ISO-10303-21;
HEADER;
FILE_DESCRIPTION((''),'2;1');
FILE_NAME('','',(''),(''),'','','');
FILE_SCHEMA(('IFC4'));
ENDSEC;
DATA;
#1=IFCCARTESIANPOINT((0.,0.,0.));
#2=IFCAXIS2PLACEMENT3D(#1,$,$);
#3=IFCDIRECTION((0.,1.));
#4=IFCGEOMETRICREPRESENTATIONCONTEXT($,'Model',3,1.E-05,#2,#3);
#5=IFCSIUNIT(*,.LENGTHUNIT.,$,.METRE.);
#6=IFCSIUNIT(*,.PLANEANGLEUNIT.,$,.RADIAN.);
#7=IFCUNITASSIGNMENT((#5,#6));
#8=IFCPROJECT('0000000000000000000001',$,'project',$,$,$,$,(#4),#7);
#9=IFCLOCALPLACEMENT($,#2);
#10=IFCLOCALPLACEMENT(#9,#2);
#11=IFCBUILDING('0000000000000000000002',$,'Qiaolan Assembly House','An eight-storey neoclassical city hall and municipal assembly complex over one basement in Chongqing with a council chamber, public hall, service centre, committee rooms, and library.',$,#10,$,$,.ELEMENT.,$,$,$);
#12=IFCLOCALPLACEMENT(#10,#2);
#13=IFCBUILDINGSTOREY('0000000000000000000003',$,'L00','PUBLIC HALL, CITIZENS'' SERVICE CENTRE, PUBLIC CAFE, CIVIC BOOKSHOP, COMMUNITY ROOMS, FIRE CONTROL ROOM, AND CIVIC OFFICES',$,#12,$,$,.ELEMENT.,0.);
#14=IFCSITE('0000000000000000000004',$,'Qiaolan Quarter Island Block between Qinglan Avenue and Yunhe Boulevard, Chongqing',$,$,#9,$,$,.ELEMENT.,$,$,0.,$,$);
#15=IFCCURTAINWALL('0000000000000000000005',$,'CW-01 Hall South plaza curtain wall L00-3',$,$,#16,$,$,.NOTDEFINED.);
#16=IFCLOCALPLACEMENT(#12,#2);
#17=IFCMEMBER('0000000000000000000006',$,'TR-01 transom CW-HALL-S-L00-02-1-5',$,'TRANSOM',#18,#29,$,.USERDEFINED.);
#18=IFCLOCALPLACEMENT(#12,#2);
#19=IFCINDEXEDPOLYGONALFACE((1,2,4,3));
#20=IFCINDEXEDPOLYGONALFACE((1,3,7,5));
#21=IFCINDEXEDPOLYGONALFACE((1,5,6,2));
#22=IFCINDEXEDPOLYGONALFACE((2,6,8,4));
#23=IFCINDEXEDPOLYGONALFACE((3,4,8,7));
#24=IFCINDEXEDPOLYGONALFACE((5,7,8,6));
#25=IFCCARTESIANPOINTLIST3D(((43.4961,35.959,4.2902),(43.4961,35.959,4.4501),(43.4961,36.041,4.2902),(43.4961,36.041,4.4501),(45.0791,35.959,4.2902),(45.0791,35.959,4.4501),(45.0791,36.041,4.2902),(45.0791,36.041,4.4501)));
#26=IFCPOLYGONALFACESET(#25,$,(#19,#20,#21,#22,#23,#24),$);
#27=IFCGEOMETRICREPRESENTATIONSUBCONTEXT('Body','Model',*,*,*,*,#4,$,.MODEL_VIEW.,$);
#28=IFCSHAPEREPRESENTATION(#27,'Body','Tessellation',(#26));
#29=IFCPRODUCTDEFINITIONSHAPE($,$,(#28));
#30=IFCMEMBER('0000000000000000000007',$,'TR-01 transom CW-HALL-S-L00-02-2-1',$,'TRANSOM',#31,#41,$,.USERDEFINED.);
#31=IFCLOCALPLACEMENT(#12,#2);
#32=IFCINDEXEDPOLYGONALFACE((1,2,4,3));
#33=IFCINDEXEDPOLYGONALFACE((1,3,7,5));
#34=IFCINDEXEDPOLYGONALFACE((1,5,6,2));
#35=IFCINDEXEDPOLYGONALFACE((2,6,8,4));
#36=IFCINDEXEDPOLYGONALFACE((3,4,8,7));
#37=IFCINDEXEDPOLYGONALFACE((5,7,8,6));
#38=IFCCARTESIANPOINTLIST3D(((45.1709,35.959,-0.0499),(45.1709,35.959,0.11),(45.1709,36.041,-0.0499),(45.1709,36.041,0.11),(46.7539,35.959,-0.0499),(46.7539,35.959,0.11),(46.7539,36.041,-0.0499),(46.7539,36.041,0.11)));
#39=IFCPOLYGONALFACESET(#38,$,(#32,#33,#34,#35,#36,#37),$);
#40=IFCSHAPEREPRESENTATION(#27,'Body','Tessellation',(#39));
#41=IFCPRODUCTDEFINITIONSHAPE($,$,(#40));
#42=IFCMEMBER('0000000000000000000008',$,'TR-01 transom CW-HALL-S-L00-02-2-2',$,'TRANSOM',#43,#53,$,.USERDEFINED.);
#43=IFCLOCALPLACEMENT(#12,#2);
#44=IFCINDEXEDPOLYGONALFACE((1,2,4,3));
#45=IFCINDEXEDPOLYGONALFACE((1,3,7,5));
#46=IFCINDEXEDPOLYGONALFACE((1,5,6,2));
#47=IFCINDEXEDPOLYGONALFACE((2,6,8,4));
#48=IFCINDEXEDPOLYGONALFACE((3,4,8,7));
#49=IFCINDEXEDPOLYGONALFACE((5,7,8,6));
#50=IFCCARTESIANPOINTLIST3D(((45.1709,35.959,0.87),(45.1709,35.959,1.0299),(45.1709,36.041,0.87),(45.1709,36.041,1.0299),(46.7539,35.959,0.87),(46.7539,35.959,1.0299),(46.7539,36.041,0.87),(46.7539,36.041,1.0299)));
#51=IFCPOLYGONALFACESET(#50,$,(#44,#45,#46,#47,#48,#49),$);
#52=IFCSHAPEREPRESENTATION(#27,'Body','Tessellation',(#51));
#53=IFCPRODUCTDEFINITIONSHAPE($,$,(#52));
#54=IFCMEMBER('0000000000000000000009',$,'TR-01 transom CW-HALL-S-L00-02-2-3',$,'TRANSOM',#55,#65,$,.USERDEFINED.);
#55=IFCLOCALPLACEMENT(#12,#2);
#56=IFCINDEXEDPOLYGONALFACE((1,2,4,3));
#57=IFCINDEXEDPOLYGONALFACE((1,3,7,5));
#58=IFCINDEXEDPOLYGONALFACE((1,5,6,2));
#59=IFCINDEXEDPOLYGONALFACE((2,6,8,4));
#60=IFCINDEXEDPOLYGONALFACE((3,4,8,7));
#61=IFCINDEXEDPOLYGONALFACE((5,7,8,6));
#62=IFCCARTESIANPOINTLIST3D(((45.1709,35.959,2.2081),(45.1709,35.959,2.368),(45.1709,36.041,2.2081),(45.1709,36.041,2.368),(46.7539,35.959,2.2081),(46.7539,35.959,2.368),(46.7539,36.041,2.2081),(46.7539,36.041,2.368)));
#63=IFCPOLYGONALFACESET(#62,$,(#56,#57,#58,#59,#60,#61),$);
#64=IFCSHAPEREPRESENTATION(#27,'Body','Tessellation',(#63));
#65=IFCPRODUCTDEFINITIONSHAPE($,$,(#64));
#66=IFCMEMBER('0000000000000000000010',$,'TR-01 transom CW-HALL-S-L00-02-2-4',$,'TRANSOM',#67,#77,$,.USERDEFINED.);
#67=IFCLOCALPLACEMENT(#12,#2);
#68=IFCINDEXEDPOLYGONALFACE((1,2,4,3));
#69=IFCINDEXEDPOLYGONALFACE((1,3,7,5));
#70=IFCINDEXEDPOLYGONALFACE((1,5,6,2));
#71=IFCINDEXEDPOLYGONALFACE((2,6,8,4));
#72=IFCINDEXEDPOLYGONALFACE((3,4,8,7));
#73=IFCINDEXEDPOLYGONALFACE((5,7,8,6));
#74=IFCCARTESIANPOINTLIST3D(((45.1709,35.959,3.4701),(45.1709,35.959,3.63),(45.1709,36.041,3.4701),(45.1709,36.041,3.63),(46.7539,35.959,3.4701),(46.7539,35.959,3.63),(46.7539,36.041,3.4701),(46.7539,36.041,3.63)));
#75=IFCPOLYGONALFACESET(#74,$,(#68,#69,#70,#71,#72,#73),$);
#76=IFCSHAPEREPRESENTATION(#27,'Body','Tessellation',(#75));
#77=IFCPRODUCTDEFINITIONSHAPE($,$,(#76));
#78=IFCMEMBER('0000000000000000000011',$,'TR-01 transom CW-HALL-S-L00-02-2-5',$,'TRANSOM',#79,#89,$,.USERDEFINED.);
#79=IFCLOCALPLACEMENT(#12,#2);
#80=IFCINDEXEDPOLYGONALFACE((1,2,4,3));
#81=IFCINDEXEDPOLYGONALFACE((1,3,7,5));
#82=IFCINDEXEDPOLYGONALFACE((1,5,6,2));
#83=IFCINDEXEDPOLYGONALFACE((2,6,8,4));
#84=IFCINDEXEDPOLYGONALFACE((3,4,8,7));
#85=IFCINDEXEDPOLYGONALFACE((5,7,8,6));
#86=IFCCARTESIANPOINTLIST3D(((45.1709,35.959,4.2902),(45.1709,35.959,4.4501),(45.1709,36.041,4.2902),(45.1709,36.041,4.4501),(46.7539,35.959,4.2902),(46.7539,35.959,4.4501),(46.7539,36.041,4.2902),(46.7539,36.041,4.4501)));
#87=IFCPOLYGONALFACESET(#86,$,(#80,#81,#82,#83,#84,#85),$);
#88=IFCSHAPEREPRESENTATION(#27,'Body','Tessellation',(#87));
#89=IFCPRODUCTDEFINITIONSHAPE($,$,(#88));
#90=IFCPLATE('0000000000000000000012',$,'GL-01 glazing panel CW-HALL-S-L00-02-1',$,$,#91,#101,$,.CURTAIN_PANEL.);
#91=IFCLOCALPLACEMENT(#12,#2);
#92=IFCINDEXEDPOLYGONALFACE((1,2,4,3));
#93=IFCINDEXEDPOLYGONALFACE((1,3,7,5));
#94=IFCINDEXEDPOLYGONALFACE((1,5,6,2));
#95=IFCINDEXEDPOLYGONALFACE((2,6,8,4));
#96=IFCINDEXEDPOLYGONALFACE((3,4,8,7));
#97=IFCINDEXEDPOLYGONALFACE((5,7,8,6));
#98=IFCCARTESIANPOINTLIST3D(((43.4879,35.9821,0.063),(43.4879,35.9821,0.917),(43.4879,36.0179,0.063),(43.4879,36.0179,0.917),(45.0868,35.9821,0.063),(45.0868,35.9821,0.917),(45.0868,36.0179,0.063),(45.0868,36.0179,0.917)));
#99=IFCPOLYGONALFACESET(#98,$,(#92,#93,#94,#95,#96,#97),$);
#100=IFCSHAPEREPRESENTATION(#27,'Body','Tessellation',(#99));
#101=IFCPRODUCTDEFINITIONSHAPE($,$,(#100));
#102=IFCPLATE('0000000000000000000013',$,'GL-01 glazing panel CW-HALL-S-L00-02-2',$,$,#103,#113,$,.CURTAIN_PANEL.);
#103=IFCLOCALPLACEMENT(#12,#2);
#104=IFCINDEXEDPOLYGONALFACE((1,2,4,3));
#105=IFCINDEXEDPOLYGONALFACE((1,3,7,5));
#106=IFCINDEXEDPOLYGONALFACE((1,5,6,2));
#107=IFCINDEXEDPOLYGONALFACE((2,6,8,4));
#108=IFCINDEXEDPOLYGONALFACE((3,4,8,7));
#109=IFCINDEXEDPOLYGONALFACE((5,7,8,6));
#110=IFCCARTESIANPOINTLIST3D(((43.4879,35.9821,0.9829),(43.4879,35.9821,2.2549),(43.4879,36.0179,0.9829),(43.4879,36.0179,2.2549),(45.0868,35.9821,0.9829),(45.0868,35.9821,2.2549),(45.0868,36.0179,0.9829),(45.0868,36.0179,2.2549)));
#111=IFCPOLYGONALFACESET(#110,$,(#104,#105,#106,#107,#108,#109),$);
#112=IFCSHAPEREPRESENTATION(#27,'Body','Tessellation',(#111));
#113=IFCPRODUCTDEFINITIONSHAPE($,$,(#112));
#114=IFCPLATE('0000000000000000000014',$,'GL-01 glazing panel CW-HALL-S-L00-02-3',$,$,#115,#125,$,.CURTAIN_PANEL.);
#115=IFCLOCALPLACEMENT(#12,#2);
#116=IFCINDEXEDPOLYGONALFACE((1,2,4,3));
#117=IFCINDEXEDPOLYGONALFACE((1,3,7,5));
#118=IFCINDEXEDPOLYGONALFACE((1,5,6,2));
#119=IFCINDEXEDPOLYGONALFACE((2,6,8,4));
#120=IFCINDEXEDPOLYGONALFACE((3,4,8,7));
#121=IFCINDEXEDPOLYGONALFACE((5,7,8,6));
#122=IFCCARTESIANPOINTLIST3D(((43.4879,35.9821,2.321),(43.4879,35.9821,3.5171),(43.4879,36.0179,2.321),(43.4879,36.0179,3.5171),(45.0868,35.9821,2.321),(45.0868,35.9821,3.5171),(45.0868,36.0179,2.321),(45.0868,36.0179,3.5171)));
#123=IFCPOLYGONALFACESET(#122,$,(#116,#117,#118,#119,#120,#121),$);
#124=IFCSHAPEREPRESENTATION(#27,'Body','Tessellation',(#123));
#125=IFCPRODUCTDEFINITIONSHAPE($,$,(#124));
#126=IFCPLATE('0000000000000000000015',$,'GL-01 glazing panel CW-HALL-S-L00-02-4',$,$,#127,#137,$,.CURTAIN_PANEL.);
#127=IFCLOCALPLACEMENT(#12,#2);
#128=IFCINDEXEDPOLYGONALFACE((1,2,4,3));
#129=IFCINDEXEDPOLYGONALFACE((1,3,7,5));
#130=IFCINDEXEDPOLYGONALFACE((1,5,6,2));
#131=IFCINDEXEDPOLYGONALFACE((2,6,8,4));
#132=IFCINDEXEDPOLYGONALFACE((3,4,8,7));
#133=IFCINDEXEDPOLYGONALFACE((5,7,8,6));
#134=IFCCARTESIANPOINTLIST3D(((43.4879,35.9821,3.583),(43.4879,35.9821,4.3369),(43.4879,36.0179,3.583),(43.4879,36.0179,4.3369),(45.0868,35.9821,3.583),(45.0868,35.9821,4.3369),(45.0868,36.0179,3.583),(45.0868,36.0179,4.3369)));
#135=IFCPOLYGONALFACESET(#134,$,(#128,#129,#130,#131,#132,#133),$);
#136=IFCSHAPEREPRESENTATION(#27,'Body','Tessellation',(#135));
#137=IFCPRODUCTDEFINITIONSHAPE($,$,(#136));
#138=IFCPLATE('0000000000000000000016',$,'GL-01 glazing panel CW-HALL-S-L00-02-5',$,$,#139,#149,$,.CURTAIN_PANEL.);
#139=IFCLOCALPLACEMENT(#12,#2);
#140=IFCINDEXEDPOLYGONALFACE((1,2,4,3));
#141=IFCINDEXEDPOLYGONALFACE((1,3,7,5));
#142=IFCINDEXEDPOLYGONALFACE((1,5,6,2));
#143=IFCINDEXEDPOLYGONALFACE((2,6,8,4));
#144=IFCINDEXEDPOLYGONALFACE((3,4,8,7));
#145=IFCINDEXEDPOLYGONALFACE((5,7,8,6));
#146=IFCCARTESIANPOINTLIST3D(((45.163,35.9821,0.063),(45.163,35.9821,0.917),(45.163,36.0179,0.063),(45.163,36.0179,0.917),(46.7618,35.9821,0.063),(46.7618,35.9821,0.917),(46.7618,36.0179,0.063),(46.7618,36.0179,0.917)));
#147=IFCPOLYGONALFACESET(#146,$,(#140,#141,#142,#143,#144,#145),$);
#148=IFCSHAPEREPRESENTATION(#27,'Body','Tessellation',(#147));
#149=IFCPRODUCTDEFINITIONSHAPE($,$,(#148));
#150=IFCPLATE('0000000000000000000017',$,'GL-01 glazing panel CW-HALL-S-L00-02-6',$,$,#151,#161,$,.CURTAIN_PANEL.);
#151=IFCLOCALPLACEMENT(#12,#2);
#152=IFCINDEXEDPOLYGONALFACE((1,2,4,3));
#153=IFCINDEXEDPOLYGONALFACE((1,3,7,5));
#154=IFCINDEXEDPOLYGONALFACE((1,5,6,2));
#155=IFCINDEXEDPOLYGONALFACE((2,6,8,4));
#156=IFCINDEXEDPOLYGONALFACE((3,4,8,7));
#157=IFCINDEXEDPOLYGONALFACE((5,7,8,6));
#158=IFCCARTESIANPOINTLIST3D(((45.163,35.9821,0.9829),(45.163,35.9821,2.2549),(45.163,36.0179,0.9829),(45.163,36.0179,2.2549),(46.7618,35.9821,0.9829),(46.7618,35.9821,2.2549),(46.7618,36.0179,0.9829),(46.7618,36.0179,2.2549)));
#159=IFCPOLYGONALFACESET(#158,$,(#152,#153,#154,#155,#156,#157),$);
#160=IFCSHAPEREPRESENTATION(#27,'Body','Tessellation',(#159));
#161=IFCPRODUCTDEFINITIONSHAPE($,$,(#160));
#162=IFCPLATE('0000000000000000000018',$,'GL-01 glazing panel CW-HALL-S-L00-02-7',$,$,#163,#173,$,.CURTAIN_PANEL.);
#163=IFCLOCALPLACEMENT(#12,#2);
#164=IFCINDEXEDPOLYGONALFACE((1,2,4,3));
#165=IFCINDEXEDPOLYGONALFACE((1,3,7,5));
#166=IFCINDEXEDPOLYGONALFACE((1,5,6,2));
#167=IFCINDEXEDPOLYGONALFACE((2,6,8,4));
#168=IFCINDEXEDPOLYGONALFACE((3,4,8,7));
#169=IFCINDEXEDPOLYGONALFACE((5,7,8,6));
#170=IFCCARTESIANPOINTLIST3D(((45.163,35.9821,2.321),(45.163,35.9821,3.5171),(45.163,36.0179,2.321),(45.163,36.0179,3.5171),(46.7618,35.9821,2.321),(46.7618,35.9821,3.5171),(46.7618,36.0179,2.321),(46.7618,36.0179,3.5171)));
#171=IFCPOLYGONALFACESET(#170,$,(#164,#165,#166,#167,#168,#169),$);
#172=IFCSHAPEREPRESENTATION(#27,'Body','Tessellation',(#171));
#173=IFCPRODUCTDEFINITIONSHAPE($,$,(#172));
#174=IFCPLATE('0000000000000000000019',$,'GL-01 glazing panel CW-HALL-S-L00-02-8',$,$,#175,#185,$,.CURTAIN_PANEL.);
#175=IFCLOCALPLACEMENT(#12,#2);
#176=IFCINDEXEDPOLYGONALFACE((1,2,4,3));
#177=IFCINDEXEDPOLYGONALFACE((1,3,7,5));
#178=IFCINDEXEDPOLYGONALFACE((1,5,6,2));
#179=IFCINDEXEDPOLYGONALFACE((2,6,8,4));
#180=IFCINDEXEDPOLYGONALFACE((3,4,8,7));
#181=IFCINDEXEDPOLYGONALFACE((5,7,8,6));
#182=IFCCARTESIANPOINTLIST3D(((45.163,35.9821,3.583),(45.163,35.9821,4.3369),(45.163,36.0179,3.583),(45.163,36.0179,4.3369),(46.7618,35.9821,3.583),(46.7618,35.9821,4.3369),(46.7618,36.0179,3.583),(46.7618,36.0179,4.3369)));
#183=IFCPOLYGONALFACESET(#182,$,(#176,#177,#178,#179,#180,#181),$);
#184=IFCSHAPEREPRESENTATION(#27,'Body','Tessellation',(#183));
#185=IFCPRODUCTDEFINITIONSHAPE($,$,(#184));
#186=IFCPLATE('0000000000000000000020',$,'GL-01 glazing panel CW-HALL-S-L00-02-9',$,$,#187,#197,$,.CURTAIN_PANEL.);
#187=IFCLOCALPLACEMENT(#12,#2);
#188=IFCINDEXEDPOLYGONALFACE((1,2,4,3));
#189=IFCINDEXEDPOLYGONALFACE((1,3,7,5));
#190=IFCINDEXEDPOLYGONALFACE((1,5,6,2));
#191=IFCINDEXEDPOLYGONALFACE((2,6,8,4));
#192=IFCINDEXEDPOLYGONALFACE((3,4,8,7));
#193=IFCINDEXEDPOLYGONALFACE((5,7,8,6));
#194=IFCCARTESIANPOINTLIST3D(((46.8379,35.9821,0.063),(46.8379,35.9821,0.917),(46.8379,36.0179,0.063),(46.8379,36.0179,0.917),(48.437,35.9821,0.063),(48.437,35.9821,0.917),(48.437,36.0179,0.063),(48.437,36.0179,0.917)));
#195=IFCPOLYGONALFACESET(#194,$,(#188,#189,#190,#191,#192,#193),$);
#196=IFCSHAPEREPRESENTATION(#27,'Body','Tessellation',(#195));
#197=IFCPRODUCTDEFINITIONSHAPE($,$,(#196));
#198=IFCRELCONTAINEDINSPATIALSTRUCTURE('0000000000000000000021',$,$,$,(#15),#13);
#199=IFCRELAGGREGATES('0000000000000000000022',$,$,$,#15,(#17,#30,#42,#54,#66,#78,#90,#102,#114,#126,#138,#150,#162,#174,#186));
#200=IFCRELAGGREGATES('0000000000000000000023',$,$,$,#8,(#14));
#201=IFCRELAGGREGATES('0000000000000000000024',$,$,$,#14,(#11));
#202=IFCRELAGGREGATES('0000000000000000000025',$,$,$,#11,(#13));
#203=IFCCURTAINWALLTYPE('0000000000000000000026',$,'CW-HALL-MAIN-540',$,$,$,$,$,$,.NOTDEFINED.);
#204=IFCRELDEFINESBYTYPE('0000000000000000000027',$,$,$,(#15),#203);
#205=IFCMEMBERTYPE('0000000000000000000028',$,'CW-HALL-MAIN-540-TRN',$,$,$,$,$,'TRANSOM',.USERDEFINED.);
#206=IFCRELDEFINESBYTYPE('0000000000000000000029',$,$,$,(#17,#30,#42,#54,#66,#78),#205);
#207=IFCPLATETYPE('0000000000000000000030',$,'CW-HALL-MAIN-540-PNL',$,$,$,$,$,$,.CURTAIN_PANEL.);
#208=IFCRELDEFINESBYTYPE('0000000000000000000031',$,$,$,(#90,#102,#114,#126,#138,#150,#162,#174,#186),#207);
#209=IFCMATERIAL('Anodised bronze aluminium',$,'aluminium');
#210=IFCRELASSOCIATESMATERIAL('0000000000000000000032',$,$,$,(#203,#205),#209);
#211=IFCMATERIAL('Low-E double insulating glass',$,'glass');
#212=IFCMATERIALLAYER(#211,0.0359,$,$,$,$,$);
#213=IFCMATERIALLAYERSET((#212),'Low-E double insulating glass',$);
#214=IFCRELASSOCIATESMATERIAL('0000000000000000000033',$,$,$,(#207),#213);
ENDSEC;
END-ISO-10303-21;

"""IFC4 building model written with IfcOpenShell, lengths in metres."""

from ifc_helpers import new_model, si_unit, direction, frame, frame_2d, origin, origin_2d, place, context, subcontext, project, spatial, rectangle, extrude, material, layer, layer_set, material_profile, profile_set, type_object, element, aggregate, save


model = new_model("IFC4")

# Units and contexts
model_context = context("Model", 3, precision=1e-05, world=origin(), true_north=direction((0.0, 1.0)))
body_context = subcontext(model_context, "Body", "Model", "MODEL_VIEW")
ifc_project = project(units=[si_unit("LENGTHUNIT", "METRE"), si_unit("PLANEANGLEUNIT", "RADIAN")], contexts=[model_context])

# Site, building, storey
site_placement = place(None, origin())
site = spatial("IfcSite", under=ifc_project, at=site_placement, Name="Qiaolan Quarter Island Block between Qinglan Avenue and Yunhe Boulevard, Chongqing", CompositionType="ELEMENT", RefElevation=0.0)
building_placement = place(site_placement, origin())
building = spatial("IfcBuilding", under=site, at=building_placement, Name="Qiaolan Assembly House", Description="An eight-storey neoclassical city hall and municipal assembly complex over one basement in Chongqing with a council chamber, public hall, service centre, committee rooms, and library.", CompositionType="ELEMENT")
storey_placement = place(building_placement, origin())
storey = spatial("IfcBuildingStorey", under=building, at=storey_placement, Name="L00", Description="PUBLIC HALL, CITIZENS' SERVICE CENTRE, PUBLIC CAFE, CIVIC BOOKSHOP, COMMUNITY ROOMS, FIRE CONTROL ROOM, AND CIVIC OFFICES", CompositionType="ELEMENT", Elevation=0.0)

# Curtain wall, members, plates
ifc_material_1 = material(Name="Anodised bronze aluminium", Category="aluminium")
curtain_wall_type = type_object("IfcCurtainWallType", Name="CW-HALL-MAIN-540", PredefinedType="NOTDEFINED", material=ifc_material_1)
curtain_wall_placement = place(storey_placement, origin())
curtain_wall = element("IfcCurtainWall", 1, at=curtain_wall_placement, inside=storey, type_object=curtain_wall_type, Name="CW-01 Hall South plaza curtain wall L00-3", PredefinedType="NOTDEFINED")
ifc_material_profile_1 = material_profile(ifc_material_1, rectangle(XDim=0.082, YDim=0.1599, at=origin_2d()), Name="TRN 82x160")
ifc_profile_set_1 = profile_set([ifc_material_profile_1], Name="Anodised bronze aluminium")
member_type_1 = type_object("IfcMemberType", Name="CW-HALL-MAIN-540-TRN", ElementType="TRANSOM", PredefinedType="USERDEFINED", material=ifc_profile_set_1)
member_1_placement = place(storey_placement, frame((43.4961, 36.0, 4.3701), z_axis=(1.0, 0.0, 0.0), x_axis=(0.0, 1.0, 0.0)))
member_1 = element("IfcMember", 2, at=member_1_placement, type_object=member_type_1, Name="TR-01 transom CW-HALL-S-L00-02-1-5", ObjectType="TRANSOM", PredefinedType="USERDEFINED", context=body_context, shape_type="SweptSolid", body=[
    extrude(rectangle(XDim=0.082, YDim=0.1599, at=origin_2d()), origin(), (0.0, 0.0, 1.0), 1.583),
])
member_2_placement = place(storey_placement, frame((45.1709, 36.0, 0.03), z_axis=(1.0, 0.0, 0.0), x_axis=(0.0, 1.0, 0.0)))
member_2 = element("IfcMember", 3, at=member_2_placement, type_object=member_type_1, Name="TR-01 transom CW-HALL-S-L00-02-2-1", ObjectType="TRANSOM", PredefinedType="USERDEFINED", context=body_context, shape_type="SweptSolid", body=[
    extrude(rectangle(XDim=0.082, YDim=0.1599, at=origin_2d()), origin(), (0.0, 0.0, 1.0), 1.583),
])
member_3_placement = place(storey_placement, frame((45.1709, 36.0, 0.95), z_axis=(1.0, 0.0, 0.0), x_axis=(0.0, 1.0, 0.0)))
member_3 = element("IfcMember", 4, at=member_3_placement, type_object=member_type_1, Name="TR-01 transom CW-HALL-S-L00-02-2-2", ObjectType="TRANSOM", PredefinedType="USERDEFINED", context=body_context, shape_type="SweptSolid", body=[
    extrude(rectangle(XDim=0.082, YDim=0.1599, at=origin_2d()), origin(), (0.0, 0.0, 1.0), 1.583),
])
member_4_placement = place(storey_placement, frame((45.1709, 36.0, 2.2881), z_axis=(1.0, 0.0, 0.0), x_axis=(0.0, 1.0, 0.0)))
member_4 = element("IfcMember", 5, at=member_4_placement, type_object=member_type_1, Name="TR-01 transom CW-HALL-S-L00-02-2-3", ObjectType="TRANSOM", PredefinedType="USERDEFINED", context=body_context, shape_type="SweptSolid", body=[
    extrude(rectangle(XDim=0.082, YDim=0.1599, at=origin_2d()), origin(), (0.0, 0.0, 1.0), 1.583),
])
member_5_placement = place(storey_placement, frame((45.1709, 36.0, 3.55), z_axis=(1.0, 0.0, 0.0), x_axis=(0.0, 1.0, 0.0)))
member_5 = element("IfcMember", 6, at=member_5_placement, type_object=member_type_1, Name="TR-01 transom CW-HALL-S-L00-02-2-4", ObjectType="TRANSOM", PredefinedType="USERDEFINED", context=body_context, shape_type="SweptSolid", body=[
    extrude(rectangle(XDim=0.082, YDim=0.1599, at=origin_2d()), origin(), (0.0, 0.0, 1.0), 1.583),
])
member_6_placement = place(storey_placement, frame((45.1709, 36.0, 4.3701), z_axis=(1.0, 0.0, 0.0), x_axis=(0.0, 1.0, 0.0)))
member_6 = element("IfcMember", 7, at=member_6_placement, type_object=member_type_1, Name="TR-01 transom CW-HALL-S-L00-02-2-5", ObjectType="TRANSOM", PredefinedType="USERDEFINED", context=body_context, shape_type="SweptSolid", body=[
    extrude(rectangle(XDim=0.082, YDim=0.1599, at=origin_2d()), origin(), (0.0, 0.0, 1.0), 1.583),
])
ifc_material_2 = material(Name="Low-E double insulating glass", Category="glass")
ifc_layer = layer(ifc_material_2, 0.0359)
ifc_layer_set = layer_set([ifc_layer], Name="Low-E double insulating glass")
plate_type = type_object("IfcPlateType", Name="CW-HALL-MAIN-540-PNL", PredefinedType="CURTAIN_PANEL", material=ifc_layer_set)
plate_1_placement = place(storey_placement, frame((43.488, 36.0, 0.063), z_axis=(0.0, 0.0, 1.0), x_axis=(1.0, 0.0, 0.0)))
plate_1 = element("IfcPlate", 8, at=plate_1_placement, type_object=plate_type, Name="GL-01 glazing panel CW-HALL-S-L00-02-1", PredefinedType="CURTAIN_PANEL", context=body_context, shape_type="SweptSolid", body=[
    extrude(rectangle(XDim=1.5989, YDim=0.0359, at=frame_2d((0.7993, 0.0))), origin(), (0.0, 0.0, 1.0), 0.854),
])
plate_2_placement = place(storey_placement, frame((43.488, 36.0, 0.9829), z_axis=(0.0, 0.0, 1.0), x_axis=(1.0, 0.0, 0.0)))
plate_2 = element("IfcPlate", 9, at=plate_2_placement, type_object=plate_type, Name="GL-01 glazing panel CW-HALL-S-L00-02-2", PredefinedType="CURTAIN_PANEL", context=body_context, shape_type="SweptSolid", body=[
    extrude(rectangle(XDim=1.5989, YDim=0.0359, at=frame_2d((0.7993, 0.0))), origin(), (0.0, 0.0, 1.0), 1.272),
])
plate_3_placement = place(storey_placement, frame((43.488, 36.0, 2.321), z_axis=(0.0, 0.0, 1.0), x_axis=(1.0, 0.0, 0.0)))
plate_3 = element("IfcPlate", 10, at=plate_3_placement, type_object=plate_type, Name="GL-01 glazing panel CW-HALL-S-L00-02-3", PredefinedType="CURTAIN_PANEL", context=body_context, shape_type="SweptSolid", body=[
    extrude(rectangle(XDim=1.5989, YDim=0.0359, at=frame_2d((0.7993, 0.0))), origin(), (0.0, 0.0, 1.0), 1.196),
])
plate_4_placement = place(storey_placement, frame((43.488, 36.0, 3.583), z_axis=(0.0, 0.0, 1.0), x_axis=(1.0, 0.0, 0.0)))
plate_4 = element("IfcPlate", 11, at=plate_4_placement, type_object=plate_type, Name="GL-01 glazing panel CW-HALL-S-L00-02-4", PredefinedType="CURTAIN_PANEL", context=body_context, shape_type="SweptSolid", body=[
    extrude(rectangle(XDim=1.5989, YDim=0.0359, at=frame_2d((0.7993, 0.0))), origin(), (0.0, 0.0, 1.0), 0.7539),
])
plate_5_placement = place(storey_placement, frame((45.1631, 36.0, 0.063), z_axis=(0.0, 0.0, 1.0), x_axis=(1.0, 0.0, 0.0)))
plate_5 = element("IfcPlate", 12, at=plate_5_placement, type_object=plate_type, Name="GL-01 glazing panel CW-HALL-S-L00-02-5", PredefinedType="CURTAIN_PANEL", context=body_context, shape_type="SweptSolid", body=[
    extrude(rectangle(XDim=1.5989, YDim=0.0359, at=frame_2d((0.7993, 0.0))), origin(), (0.0, 0.0, 1.0), 0.854),
])
plate_6_placement = place(storey_placement, frame((45.1631, 36.0, 0.9829), z_axis=(0.0, 0.0, 1.0), x_axis=(1.0, 0.0, 0.0)))
plate_6 = element("IfcPlate", 13, at=plate_6_placement, type_object=plate_type, Name="GL-01 glazing panel CW-HALL-S-L00-02-6", PredefinedType="CURTAIN_PANEL", context=body_context, shape_type="SweptSolid", body=[
    extrude(rectangle(XDim=1.5989, YDim=0.0359, at=frame_2d((0.7993, 0.0))), origin(), (0.0, 0.0, 1.0), 1.272),
])
plate_7_placement = place(storey_placement, frame((45.1631, 36.0, 2.321), z_axis=(0.0, 0.0, 1.0), x_axis=(1.0, 0.0, 0.0)))
plate_7 = element("IfcPlate", 14, at=plate_7_placement, type_object=plate_type, Name="GL-01 glazing panel CW-HALL-S-L00-02-7", PredefinedType="CURTAIN_PANEL", context=body_context, shape_type="SweptSolid", body=[
    extrude(rectangle(XDim=1.5989, YDim=0.0359, at=frame_2d((0.7993, 0.0))), origin(), (0.0, 0.0, 1.0), 1.196),
])
plate_8_placement = place(storey_placement, frame((45.1631, 36.0, 3.583), z_axis=(0.0, 0.0, 1.0), x_axis=(1.0, 0.0, 0.0)))
plate_8 = element("IfcPlate", 15, at=plate_8_placement, type_object=plate_type, Name="GL-01 glazing panel CW-HALL-S-L00-02-8", PredefinedType="CURTAIN_PANEL", context=body_context, shape_type="SweptSolid", body=[
    extrude(rectangle(XDim=1.5989, YDim=0.0359, at=frame_2d((0.7993, 0.0))), origin(), (0.0, 0.0, 1.0), 0.7539),
])
plate_9_placement = place(storey_placement, frame((46.8379, 36.0, 0.063), z_axis=(0.0, 0.0, 1.0), x_axis=(1.0, 0.0, 0.0)))
plate_9 = element("IfcPlate", 16, at=plate_9_placement, type_object=plate_type, Name="GL-01 glazing panel CW-HALL-S-L00-02-9", PredefinedType="CURTAIN_PANEL", context=body_context, shape_type="SweptSolid", body=[
    extrude(rectangle(XDim=1.5991, YDim=0.0359, at=frame_2d((0.7996, 0.0))), origin(), (0.0, 0.0, 1.0), 0.854),
])
aggregate(curtain_wall, [member_1, member_2, member_3, member_4, member_5, member_6, plate_1, plate_2, plate_3, plate_4, plate_5, plate_6, plate_7, plate_8, plate_9])

save(model, "model.ifc")
